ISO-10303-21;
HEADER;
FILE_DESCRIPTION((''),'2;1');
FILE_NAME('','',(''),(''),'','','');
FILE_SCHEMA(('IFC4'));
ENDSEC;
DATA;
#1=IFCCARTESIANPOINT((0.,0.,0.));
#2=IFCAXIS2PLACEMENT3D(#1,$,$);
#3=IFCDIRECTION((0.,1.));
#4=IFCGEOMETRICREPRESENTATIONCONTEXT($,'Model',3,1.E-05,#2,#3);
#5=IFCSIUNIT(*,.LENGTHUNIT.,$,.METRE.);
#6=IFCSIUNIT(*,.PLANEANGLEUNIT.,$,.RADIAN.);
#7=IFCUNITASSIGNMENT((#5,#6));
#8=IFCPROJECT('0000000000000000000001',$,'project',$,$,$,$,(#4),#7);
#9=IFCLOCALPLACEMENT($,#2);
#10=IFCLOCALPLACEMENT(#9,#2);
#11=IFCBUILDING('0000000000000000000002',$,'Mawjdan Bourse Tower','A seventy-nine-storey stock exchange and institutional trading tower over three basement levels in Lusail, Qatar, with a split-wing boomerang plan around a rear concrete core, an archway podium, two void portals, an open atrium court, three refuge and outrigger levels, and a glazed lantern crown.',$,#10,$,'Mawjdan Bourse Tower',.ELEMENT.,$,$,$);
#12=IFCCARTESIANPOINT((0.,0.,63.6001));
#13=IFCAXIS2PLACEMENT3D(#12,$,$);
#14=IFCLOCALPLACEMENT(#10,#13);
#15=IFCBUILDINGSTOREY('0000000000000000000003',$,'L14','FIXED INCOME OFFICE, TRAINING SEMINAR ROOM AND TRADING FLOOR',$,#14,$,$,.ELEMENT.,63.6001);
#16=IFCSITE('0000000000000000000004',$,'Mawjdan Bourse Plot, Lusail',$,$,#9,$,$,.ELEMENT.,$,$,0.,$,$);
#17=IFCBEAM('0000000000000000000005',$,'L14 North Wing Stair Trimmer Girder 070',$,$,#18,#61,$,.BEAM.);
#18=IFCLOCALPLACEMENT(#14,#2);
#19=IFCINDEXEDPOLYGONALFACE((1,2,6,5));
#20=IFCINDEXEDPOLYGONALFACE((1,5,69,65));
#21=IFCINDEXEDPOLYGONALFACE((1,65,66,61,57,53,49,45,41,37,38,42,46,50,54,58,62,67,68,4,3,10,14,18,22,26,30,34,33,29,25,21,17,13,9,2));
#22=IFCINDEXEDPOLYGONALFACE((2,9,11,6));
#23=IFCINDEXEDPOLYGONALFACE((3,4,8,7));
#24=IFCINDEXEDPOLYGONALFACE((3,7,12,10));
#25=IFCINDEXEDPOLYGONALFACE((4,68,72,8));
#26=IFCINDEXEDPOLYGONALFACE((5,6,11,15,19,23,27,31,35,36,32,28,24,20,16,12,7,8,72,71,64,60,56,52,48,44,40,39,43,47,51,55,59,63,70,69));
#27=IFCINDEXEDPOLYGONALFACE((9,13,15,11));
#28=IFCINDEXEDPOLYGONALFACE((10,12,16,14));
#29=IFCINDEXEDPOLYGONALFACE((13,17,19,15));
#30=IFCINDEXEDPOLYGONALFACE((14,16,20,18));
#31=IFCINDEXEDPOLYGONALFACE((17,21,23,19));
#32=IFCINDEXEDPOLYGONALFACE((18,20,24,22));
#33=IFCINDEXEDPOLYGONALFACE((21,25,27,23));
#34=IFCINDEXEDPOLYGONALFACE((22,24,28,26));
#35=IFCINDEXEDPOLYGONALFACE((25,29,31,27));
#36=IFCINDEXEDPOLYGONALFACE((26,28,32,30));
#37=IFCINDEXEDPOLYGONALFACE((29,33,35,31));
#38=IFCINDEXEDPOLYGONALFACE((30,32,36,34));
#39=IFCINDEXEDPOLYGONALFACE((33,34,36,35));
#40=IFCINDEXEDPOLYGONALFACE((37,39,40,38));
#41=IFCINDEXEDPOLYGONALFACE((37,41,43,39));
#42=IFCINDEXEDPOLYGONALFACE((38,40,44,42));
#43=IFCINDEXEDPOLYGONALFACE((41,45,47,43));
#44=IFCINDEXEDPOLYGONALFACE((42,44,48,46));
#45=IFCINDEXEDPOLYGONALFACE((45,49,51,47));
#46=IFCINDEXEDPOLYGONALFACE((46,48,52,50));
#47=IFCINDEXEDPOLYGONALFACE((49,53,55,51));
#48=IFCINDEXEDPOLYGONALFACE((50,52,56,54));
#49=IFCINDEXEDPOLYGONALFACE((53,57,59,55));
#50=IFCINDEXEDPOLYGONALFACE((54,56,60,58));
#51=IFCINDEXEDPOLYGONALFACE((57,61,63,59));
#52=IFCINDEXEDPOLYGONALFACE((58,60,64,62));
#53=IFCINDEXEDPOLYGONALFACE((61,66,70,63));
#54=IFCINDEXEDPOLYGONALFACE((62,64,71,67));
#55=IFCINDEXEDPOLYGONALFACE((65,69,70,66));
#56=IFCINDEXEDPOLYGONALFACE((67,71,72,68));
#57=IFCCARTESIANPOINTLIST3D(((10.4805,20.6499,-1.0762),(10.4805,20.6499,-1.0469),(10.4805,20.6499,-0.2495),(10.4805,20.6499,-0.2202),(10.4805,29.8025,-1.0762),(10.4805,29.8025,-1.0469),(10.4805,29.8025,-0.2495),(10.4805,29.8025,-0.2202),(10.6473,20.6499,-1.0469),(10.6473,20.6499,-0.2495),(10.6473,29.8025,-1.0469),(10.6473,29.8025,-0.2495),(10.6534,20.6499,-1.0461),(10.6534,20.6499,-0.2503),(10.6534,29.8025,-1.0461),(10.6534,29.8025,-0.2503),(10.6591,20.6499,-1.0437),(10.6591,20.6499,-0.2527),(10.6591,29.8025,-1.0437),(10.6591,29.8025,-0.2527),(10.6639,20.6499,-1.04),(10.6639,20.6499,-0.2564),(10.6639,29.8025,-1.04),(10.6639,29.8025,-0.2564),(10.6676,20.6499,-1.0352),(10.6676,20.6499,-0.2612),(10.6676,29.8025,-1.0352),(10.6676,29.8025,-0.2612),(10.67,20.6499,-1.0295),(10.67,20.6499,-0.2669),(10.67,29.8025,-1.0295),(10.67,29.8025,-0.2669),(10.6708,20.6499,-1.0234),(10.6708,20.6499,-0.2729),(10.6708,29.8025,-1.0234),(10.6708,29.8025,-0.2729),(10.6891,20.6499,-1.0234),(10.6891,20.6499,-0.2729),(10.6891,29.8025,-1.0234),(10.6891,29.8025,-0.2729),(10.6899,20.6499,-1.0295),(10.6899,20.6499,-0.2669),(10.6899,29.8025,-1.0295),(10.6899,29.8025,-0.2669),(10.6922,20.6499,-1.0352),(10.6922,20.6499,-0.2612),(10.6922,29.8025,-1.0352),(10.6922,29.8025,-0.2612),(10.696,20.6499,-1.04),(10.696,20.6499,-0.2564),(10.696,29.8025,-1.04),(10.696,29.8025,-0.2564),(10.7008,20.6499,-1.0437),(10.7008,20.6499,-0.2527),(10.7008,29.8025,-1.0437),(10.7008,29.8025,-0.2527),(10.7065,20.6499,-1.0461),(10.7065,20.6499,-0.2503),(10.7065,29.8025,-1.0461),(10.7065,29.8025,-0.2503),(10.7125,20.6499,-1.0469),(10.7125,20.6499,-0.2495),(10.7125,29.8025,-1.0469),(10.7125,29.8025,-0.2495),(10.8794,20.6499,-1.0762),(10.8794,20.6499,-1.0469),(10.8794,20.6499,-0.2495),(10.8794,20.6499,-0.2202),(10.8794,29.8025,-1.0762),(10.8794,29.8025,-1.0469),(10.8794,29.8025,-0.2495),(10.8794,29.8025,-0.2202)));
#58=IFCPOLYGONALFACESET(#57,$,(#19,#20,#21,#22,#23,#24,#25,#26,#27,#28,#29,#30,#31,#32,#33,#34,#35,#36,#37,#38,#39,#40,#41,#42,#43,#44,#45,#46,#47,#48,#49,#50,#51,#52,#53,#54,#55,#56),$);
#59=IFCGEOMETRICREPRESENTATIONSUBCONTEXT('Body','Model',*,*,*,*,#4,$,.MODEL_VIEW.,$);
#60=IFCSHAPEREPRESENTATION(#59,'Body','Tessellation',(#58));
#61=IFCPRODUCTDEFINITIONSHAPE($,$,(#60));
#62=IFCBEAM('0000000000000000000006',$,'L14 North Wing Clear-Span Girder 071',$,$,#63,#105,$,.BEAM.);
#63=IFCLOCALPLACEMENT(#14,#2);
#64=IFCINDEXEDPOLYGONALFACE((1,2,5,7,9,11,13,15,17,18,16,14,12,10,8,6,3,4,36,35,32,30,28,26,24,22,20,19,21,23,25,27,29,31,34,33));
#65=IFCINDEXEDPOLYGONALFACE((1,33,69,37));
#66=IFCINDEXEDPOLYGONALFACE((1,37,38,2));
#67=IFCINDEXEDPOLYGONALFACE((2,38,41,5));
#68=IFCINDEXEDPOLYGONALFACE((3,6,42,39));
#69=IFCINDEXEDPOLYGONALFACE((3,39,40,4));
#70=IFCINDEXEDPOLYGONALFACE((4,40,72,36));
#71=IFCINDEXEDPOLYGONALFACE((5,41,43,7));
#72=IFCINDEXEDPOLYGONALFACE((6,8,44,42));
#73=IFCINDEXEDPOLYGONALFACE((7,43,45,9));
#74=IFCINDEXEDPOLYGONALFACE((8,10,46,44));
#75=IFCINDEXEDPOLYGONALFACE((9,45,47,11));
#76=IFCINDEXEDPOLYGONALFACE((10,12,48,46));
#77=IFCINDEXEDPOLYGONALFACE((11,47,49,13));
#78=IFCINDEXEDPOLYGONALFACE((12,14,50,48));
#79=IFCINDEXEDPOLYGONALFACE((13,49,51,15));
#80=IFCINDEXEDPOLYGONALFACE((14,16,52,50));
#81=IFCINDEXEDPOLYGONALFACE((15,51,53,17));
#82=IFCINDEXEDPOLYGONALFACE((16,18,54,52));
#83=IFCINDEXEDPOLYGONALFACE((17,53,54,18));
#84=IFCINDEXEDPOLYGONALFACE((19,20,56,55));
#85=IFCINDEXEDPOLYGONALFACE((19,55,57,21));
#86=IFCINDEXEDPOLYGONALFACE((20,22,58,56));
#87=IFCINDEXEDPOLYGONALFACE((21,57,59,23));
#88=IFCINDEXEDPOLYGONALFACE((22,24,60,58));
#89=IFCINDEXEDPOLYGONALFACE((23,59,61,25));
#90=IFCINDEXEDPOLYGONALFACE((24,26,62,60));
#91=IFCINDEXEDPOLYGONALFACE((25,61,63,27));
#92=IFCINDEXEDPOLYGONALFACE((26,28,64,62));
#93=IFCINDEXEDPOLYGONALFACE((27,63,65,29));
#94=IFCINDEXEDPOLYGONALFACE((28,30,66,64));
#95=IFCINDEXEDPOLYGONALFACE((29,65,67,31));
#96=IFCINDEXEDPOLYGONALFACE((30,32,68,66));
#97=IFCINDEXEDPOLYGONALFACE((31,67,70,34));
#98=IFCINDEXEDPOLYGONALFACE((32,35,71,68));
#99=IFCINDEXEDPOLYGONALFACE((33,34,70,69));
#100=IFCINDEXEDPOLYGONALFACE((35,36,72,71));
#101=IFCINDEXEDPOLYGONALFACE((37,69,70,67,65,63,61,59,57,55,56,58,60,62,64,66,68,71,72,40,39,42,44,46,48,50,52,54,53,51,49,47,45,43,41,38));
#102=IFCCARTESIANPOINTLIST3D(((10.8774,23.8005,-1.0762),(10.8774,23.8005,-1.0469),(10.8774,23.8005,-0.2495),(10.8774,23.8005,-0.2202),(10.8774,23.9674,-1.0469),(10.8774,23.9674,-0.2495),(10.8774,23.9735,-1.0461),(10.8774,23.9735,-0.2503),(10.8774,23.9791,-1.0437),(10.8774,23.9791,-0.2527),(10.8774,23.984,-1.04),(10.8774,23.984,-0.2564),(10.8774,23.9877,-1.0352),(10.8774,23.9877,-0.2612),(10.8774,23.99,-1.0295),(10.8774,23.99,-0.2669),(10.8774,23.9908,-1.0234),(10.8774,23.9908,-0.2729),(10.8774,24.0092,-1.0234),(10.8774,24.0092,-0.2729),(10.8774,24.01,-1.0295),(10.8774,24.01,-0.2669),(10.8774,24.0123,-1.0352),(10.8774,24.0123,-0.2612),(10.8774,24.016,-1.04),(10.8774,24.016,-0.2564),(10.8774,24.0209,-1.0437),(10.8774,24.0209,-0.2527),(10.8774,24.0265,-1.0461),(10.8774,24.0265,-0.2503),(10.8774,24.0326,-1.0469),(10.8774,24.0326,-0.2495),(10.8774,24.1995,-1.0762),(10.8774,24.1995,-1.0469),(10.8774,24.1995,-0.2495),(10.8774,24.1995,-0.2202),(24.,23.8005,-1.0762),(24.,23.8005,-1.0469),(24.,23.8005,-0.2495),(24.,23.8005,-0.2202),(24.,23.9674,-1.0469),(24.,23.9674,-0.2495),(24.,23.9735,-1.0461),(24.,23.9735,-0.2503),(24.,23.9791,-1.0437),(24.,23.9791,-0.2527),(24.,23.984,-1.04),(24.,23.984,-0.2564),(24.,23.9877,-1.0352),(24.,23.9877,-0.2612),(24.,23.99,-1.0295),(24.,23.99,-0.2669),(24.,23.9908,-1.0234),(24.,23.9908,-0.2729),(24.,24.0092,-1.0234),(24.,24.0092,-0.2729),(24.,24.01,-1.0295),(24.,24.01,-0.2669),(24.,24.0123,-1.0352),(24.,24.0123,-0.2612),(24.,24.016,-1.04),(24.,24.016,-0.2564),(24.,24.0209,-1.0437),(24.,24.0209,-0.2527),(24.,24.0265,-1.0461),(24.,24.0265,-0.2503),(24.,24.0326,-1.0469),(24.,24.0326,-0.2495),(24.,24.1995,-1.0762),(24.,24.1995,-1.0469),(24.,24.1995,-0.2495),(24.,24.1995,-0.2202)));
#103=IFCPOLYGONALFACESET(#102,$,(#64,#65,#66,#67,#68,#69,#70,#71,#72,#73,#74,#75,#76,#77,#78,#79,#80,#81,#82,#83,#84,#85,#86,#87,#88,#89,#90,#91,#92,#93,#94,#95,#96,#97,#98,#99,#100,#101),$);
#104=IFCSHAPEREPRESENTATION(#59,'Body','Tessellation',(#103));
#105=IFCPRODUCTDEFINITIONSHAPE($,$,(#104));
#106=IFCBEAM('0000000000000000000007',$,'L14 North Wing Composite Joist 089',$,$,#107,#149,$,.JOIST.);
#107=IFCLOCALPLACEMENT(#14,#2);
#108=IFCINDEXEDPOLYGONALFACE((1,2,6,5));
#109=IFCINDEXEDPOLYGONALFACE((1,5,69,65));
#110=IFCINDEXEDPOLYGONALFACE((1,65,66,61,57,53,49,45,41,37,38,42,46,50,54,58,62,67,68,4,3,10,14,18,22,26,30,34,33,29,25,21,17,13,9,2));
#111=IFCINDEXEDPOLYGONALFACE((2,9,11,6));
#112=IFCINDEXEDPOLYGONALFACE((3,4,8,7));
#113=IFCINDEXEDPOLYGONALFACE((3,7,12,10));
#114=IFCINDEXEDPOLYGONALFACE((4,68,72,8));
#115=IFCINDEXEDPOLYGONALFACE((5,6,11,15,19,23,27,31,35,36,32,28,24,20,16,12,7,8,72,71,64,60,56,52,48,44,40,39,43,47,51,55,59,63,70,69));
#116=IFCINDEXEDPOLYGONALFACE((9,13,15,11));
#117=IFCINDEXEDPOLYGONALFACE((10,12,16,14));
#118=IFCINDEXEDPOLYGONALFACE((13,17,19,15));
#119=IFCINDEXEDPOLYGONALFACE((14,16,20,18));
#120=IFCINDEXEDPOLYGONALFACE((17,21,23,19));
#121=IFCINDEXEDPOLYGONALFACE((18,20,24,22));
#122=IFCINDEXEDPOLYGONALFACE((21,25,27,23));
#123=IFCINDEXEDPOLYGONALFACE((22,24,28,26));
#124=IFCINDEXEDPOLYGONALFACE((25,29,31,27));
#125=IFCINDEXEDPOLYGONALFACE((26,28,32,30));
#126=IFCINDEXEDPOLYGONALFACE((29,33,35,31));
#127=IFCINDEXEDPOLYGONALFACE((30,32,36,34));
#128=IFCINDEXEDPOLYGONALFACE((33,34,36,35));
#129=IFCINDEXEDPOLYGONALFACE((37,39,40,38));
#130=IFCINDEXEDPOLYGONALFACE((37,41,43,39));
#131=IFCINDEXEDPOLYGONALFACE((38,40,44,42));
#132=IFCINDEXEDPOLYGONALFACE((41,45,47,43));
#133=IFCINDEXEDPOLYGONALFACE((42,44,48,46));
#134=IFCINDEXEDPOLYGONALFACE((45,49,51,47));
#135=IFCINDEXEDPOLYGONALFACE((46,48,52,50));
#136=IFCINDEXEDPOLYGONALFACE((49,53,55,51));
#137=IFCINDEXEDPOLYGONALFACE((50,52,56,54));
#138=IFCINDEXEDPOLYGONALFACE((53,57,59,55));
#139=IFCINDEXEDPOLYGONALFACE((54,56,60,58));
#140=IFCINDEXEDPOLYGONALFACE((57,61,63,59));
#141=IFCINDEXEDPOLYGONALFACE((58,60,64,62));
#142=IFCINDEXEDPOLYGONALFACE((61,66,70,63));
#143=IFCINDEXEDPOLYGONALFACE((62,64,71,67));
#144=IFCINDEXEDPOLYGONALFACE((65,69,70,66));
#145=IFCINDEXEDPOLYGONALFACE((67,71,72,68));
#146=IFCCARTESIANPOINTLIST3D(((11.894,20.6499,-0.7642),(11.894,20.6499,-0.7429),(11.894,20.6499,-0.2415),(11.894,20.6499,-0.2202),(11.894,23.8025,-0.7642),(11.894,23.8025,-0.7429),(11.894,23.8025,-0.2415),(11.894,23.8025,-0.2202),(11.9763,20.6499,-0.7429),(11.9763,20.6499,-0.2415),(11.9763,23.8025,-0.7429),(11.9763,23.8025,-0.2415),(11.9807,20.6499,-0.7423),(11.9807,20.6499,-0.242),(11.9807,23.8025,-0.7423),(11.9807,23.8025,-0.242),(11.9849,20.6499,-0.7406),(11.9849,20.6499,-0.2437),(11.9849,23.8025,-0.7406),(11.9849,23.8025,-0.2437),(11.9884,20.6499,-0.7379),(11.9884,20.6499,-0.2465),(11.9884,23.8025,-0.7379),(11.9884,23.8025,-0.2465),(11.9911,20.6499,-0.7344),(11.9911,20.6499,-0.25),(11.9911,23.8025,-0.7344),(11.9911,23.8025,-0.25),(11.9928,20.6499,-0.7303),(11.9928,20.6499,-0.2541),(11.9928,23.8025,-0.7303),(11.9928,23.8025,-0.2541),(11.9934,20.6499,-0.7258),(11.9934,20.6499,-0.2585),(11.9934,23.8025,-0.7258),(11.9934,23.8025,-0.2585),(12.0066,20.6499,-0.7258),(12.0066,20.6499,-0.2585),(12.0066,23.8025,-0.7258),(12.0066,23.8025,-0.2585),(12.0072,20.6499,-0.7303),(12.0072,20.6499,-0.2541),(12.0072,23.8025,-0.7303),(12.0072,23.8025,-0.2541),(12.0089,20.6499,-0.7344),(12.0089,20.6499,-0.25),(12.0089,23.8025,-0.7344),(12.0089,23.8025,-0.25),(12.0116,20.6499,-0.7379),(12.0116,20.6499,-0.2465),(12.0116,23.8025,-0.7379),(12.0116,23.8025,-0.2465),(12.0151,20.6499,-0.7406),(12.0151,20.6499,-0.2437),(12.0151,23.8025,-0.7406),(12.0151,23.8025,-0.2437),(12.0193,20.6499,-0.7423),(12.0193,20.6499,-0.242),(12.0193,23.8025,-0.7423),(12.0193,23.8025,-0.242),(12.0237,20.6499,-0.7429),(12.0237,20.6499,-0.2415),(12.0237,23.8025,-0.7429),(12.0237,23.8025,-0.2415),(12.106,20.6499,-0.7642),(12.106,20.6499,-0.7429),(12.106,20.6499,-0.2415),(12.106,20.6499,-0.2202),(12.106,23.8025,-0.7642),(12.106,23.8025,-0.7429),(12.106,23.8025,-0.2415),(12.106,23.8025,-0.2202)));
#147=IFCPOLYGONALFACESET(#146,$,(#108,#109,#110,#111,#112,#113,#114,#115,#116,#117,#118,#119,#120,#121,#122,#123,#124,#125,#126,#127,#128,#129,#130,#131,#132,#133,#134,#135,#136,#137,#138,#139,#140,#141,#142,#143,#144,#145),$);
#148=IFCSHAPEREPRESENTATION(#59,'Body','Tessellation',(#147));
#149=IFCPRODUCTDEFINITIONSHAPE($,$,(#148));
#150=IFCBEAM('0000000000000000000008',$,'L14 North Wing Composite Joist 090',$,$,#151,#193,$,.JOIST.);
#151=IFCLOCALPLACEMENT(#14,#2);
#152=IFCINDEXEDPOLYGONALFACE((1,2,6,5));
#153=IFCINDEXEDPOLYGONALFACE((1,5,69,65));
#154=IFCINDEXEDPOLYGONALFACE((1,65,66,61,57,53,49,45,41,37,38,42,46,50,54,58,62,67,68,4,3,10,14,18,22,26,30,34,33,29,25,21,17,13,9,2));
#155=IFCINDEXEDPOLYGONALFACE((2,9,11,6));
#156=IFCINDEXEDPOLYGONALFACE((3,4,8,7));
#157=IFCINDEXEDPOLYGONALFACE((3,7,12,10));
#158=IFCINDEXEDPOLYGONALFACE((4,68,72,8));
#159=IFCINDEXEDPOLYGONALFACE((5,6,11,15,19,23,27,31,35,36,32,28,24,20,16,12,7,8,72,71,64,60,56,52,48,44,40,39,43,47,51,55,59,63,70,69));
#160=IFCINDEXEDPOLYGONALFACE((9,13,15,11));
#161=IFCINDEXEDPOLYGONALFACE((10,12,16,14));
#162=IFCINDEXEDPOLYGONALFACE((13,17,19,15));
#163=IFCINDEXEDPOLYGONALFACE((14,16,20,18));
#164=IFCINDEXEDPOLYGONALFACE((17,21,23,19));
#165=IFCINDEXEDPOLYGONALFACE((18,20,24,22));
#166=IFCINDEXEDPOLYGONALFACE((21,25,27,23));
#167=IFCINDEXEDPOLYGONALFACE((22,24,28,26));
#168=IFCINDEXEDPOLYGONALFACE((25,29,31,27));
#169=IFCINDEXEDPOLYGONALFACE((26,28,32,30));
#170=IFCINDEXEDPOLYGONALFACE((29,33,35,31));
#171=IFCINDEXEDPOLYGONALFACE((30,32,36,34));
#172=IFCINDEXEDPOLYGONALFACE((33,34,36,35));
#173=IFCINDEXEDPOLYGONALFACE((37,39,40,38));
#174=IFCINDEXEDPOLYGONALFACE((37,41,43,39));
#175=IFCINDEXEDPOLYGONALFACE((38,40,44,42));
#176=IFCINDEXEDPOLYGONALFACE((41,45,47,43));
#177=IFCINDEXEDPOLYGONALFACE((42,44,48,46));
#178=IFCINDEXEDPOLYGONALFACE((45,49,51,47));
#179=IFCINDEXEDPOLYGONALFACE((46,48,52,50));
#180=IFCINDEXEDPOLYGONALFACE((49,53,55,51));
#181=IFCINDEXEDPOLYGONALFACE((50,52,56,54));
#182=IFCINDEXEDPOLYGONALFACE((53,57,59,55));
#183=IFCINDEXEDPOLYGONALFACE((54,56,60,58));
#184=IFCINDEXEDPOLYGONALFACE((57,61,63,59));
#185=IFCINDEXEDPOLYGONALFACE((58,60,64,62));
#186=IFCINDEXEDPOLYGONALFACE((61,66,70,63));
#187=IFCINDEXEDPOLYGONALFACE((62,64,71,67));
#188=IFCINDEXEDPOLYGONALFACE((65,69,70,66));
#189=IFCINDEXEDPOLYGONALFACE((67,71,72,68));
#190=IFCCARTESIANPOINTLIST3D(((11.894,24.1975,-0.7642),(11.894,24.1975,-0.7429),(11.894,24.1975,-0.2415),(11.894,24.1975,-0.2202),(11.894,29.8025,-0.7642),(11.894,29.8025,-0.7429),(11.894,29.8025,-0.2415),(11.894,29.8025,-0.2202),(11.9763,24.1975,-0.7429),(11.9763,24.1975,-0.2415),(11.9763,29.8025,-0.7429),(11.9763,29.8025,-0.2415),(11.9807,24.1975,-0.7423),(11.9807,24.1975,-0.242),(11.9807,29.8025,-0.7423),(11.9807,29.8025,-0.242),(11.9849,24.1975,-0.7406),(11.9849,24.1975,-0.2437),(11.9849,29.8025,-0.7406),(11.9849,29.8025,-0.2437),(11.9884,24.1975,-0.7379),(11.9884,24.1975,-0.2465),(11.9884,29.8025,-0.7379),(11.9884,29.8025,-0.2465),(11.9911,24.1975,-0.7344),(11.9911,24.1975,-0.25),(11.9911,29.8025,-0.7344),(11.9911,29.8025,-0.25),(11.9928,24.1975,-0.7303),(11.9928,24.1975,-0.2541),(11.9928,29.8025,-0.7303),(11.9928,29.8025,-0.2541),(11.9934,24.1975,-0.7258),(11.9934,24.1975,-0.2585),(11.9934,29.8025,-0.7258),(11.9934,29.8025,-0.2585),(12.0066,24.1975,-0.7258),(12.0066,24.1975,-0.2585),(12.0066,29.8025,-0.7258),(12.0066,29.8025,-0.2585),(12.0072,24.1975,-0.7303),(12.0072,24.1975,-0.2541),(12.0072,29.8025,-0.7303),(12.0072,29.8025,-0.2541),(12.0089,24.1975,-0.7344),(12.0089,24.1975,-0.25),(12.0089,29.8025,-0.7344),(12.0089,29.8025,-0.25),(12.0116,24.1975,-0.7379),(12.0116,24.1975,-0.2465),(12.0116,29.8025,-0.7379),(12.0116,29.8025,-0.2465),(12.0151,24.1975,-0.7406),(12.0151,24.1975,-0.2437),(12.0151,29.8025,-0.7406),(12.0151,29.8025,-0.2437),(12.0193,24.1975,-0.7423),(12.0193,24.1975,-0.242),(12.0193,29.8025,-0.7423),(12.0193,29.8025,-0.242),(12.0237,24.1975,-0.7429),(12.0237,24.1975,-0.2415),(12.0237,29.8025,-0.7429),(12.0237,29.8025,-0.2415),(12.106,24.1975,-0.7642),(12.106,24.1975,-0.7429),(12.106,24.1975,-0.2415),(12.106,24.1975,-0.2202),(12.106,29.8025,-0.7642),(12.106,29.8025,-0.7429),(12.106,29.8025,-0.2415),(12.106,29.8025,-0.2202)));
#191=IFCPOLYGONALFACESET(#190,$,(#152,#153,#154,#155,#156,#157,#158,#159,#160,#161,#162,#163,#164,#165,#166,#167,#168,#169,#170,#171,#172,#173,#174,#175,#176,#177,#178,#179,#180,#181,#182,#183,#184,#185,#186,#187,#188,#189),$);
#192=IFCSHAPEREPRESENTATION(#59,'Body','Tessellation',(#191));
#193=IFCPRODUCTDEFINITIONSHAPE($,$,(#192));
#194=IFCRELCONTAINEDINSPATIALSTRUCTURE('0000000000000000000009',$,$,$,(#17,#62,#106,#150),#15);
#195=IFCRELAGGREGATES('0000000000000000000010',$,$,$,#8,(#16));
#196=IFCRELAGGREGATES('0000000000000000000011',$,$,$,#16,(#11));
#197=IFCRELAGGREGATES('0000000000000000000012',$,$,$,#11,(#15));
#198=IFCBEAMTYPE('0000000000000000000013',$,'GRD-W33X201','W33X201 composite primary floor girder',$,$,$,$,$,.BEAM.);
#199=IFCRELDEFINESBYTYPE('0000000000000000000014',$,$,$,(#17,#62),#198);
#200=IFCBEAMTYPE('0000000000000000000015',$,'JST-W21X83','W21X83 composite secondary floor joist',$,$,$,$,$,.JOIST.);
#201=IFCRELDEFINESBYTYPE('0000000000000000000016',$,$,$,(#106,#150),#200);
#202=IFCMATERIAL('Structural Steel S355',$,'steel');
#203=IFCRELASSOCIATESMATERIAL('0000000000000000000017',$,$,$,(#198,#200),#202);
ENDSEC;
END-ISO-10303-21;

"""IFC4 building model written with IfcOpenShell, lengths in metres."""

from ifc_helpers import new_model, si_unit, direction, frame, origin, origin_2d, place, context, subcontext, project, spatial, i_section, extrude, material, material_profile, profile_set, type_object, element, save


model = new_model("IFC4")

# Units and contexts
model_context = context("Model", 3, precision=1e-05, world=origin(), true_north=direction((0.0, 1.0)))
body_context = subcontext(model_context, "Body", "Model", "MODEL_VIEW")
ifc_project = project(units=[si_unit("LENGTHUNIT", "METRE"), si_unit("PLANEANGLEUNIT", "RADIAN")], contexts=[model_context])

# Site, building, storey
site_placement = place(None, origin())
site = spatial("IfcSite", under=ifc_project, at=site_placement, Name="Mawjdan Bourse Plot, Lusail", CompositionType="ELEMENT", RefElevation=0.0)
building_placement = place(site_placement, origin())
building = spatial("IfcBuilding", under=site, at=building_placement, Name="Mawjdan Bourse Tower", Description="A seventy-nine-storey stock exchange and institutional trading tower over three basement levels in Lusail, Qatar, with a split-wing boomerang plan around a rear concrete core, an archway podium, two void portals, an open atrium court, three refuge and outrigger levels, and a glazed lantern crown.", LongName="Mawjdan Bourse Tower", CompositionType="ELEMENT")
storey_placement = place(building_placement, frame((0.0, 0.0, 63.6001)))
storey = spatial("IfcBuildingStorey", under=building, at=storey_placement, Name="L14", Description="FIXED INCOME OFFICE, TRAINING SEMINAR ROOM AND TRADING FLOOR", CompositionType="ELEMENT", Elevation=63.6001)

# Beams
ifc_material_1 = material(Name="Structural Steel S355", Category="steel")
ifc_material_profile_1 = material_profile(ifc_material_1, i_section(OverallWidth=0.3989, OverallDepth=0.856, WebThickness=0.0183, FlangeThickness=0.0293, FilletRadius=0.0234, at=origin_2d()), Name="W33X201")
ifc_profile_set_1 = profile_set([ifc_material_profile_1], Name="Structural Steel S355")
beam_type_1 = type_object("IfcBeamType", Name="GRD-W33X201", Description="W33X201 composite primary floor girder", PredefinedType="BEAM", material=ifc_profile_set_1)
beam_1_placement = place(storey_placement, frame((10.6799, 20.6499, -0.6482), z_axis=(0.0, 1.0, 0.0), x_axis=(-1.0, 0.0, 0.0)))
element("IfcBeam", 1, at=beam_1_placement, inside=storey, type_object=beam_type_1, Name="L14 North Wing Stair Trimmer Girder 070", PredefinedType="BEAM", context=body_context, shape_type="SweptSolid", body=[
    extrude(i_section(OverallWidth=0.3989, OverallDepth=0.856, WebThickness=0.0183, FlangeThickness=0.0293, FilletRadius=0.0234, at=origin_2d()), origin(), (0.0, 0.0, 1.0), 9.1526),
])
beam_2_placement = place(storey_placement, frame((10.8774, 24.0, -0.6482), z_axis=(1.0, 0.0, 0.0), x_axis=(0.0, 1.0, 0.0)))
element("IfcBeam", 2, at=beam_2_placement, inside=storey, type_object=beam_type_1, Name="L14 North Wing Clear-Span Girder 071", PredefinedType="BEAM", context=body_context, shape_type="SweptSolid", body=[
    extrude(i_section(OverallWidth=0.3989, OverallDepth=0.856, WebThickness=0.0183, FlangeThickness=0.0293, FilletRadius=0.0234, at=origin_2d()), origin(), (0.0, 0.0, 1.0), 13.1226),
])
ifc_material_profile_2 = material_profile(ifc_material_1, i_section(OverallWidth=0.2119, OverallDepth=0.5439, WebThickness=0.0132, FlangeThickness=0.0212, FilletRadius=0.0171, at=origin_2d()), Name="W21X83")
ifc_profile_set_2 = profile_set([ifc_material_profile_2], Name="Structural Steel S355")
beam_type_2 = type_object("IfcBeamType", Name="JST-W21X83", Description="W21X83 composite secondary floor joist", PredefinedType="JOIST", material=ifc_profile_set_2)
beam_3_placement = place(storey_placement, frame((12.0, 20.6499, -0.4922), z_axis=(0.0, 1.0, 0.0), x_axis=(-1.0, 0.0, 0.0)))
element("IfcBeam", 3, at=beam_3_placement, inside=storey, type_object=beam_type_2, Name="L14 North Wing Composite Joist 089", PredefinedType="JOIST", context=body_context, shape_type="SweptSolid", body=[
    extrude(i_section(OverallWidth=0.2119, OverallDepth=0.5439, WebThickness=0.0132, FlangeThickness=0.0212, FilletRadius=0.0171, at=origin_2d()), origin(), (0.0, 0.0, 1.0), 3.1526),
])
beam_4_placement = place(storey_placement, frame((12.0, 24.1975, -0.4922), z_axis=(0.0, 1.0, 0.0), x_axis=(-1.0, 0.0, 0.0)))
element("IfcBeam", 4, at=beam_4_placement, inside=storey, type_object=beam_type_2, Name="L14 North Wing Composite Joist 090", PredefinedType="JOIST", context=body_context, shape_type="SweptSolid", body=[
    extrude(i_section(OverallWidth=0.2119, OverallDepth=0.5439, WebThickness=0.0132, FlangeThickness=0.0212, FilletRadius=0.0171, at=origin_2d()), origin(), (0.0, 0.0, 1.0), 5.605),
])

save(model, "model.ifc")
